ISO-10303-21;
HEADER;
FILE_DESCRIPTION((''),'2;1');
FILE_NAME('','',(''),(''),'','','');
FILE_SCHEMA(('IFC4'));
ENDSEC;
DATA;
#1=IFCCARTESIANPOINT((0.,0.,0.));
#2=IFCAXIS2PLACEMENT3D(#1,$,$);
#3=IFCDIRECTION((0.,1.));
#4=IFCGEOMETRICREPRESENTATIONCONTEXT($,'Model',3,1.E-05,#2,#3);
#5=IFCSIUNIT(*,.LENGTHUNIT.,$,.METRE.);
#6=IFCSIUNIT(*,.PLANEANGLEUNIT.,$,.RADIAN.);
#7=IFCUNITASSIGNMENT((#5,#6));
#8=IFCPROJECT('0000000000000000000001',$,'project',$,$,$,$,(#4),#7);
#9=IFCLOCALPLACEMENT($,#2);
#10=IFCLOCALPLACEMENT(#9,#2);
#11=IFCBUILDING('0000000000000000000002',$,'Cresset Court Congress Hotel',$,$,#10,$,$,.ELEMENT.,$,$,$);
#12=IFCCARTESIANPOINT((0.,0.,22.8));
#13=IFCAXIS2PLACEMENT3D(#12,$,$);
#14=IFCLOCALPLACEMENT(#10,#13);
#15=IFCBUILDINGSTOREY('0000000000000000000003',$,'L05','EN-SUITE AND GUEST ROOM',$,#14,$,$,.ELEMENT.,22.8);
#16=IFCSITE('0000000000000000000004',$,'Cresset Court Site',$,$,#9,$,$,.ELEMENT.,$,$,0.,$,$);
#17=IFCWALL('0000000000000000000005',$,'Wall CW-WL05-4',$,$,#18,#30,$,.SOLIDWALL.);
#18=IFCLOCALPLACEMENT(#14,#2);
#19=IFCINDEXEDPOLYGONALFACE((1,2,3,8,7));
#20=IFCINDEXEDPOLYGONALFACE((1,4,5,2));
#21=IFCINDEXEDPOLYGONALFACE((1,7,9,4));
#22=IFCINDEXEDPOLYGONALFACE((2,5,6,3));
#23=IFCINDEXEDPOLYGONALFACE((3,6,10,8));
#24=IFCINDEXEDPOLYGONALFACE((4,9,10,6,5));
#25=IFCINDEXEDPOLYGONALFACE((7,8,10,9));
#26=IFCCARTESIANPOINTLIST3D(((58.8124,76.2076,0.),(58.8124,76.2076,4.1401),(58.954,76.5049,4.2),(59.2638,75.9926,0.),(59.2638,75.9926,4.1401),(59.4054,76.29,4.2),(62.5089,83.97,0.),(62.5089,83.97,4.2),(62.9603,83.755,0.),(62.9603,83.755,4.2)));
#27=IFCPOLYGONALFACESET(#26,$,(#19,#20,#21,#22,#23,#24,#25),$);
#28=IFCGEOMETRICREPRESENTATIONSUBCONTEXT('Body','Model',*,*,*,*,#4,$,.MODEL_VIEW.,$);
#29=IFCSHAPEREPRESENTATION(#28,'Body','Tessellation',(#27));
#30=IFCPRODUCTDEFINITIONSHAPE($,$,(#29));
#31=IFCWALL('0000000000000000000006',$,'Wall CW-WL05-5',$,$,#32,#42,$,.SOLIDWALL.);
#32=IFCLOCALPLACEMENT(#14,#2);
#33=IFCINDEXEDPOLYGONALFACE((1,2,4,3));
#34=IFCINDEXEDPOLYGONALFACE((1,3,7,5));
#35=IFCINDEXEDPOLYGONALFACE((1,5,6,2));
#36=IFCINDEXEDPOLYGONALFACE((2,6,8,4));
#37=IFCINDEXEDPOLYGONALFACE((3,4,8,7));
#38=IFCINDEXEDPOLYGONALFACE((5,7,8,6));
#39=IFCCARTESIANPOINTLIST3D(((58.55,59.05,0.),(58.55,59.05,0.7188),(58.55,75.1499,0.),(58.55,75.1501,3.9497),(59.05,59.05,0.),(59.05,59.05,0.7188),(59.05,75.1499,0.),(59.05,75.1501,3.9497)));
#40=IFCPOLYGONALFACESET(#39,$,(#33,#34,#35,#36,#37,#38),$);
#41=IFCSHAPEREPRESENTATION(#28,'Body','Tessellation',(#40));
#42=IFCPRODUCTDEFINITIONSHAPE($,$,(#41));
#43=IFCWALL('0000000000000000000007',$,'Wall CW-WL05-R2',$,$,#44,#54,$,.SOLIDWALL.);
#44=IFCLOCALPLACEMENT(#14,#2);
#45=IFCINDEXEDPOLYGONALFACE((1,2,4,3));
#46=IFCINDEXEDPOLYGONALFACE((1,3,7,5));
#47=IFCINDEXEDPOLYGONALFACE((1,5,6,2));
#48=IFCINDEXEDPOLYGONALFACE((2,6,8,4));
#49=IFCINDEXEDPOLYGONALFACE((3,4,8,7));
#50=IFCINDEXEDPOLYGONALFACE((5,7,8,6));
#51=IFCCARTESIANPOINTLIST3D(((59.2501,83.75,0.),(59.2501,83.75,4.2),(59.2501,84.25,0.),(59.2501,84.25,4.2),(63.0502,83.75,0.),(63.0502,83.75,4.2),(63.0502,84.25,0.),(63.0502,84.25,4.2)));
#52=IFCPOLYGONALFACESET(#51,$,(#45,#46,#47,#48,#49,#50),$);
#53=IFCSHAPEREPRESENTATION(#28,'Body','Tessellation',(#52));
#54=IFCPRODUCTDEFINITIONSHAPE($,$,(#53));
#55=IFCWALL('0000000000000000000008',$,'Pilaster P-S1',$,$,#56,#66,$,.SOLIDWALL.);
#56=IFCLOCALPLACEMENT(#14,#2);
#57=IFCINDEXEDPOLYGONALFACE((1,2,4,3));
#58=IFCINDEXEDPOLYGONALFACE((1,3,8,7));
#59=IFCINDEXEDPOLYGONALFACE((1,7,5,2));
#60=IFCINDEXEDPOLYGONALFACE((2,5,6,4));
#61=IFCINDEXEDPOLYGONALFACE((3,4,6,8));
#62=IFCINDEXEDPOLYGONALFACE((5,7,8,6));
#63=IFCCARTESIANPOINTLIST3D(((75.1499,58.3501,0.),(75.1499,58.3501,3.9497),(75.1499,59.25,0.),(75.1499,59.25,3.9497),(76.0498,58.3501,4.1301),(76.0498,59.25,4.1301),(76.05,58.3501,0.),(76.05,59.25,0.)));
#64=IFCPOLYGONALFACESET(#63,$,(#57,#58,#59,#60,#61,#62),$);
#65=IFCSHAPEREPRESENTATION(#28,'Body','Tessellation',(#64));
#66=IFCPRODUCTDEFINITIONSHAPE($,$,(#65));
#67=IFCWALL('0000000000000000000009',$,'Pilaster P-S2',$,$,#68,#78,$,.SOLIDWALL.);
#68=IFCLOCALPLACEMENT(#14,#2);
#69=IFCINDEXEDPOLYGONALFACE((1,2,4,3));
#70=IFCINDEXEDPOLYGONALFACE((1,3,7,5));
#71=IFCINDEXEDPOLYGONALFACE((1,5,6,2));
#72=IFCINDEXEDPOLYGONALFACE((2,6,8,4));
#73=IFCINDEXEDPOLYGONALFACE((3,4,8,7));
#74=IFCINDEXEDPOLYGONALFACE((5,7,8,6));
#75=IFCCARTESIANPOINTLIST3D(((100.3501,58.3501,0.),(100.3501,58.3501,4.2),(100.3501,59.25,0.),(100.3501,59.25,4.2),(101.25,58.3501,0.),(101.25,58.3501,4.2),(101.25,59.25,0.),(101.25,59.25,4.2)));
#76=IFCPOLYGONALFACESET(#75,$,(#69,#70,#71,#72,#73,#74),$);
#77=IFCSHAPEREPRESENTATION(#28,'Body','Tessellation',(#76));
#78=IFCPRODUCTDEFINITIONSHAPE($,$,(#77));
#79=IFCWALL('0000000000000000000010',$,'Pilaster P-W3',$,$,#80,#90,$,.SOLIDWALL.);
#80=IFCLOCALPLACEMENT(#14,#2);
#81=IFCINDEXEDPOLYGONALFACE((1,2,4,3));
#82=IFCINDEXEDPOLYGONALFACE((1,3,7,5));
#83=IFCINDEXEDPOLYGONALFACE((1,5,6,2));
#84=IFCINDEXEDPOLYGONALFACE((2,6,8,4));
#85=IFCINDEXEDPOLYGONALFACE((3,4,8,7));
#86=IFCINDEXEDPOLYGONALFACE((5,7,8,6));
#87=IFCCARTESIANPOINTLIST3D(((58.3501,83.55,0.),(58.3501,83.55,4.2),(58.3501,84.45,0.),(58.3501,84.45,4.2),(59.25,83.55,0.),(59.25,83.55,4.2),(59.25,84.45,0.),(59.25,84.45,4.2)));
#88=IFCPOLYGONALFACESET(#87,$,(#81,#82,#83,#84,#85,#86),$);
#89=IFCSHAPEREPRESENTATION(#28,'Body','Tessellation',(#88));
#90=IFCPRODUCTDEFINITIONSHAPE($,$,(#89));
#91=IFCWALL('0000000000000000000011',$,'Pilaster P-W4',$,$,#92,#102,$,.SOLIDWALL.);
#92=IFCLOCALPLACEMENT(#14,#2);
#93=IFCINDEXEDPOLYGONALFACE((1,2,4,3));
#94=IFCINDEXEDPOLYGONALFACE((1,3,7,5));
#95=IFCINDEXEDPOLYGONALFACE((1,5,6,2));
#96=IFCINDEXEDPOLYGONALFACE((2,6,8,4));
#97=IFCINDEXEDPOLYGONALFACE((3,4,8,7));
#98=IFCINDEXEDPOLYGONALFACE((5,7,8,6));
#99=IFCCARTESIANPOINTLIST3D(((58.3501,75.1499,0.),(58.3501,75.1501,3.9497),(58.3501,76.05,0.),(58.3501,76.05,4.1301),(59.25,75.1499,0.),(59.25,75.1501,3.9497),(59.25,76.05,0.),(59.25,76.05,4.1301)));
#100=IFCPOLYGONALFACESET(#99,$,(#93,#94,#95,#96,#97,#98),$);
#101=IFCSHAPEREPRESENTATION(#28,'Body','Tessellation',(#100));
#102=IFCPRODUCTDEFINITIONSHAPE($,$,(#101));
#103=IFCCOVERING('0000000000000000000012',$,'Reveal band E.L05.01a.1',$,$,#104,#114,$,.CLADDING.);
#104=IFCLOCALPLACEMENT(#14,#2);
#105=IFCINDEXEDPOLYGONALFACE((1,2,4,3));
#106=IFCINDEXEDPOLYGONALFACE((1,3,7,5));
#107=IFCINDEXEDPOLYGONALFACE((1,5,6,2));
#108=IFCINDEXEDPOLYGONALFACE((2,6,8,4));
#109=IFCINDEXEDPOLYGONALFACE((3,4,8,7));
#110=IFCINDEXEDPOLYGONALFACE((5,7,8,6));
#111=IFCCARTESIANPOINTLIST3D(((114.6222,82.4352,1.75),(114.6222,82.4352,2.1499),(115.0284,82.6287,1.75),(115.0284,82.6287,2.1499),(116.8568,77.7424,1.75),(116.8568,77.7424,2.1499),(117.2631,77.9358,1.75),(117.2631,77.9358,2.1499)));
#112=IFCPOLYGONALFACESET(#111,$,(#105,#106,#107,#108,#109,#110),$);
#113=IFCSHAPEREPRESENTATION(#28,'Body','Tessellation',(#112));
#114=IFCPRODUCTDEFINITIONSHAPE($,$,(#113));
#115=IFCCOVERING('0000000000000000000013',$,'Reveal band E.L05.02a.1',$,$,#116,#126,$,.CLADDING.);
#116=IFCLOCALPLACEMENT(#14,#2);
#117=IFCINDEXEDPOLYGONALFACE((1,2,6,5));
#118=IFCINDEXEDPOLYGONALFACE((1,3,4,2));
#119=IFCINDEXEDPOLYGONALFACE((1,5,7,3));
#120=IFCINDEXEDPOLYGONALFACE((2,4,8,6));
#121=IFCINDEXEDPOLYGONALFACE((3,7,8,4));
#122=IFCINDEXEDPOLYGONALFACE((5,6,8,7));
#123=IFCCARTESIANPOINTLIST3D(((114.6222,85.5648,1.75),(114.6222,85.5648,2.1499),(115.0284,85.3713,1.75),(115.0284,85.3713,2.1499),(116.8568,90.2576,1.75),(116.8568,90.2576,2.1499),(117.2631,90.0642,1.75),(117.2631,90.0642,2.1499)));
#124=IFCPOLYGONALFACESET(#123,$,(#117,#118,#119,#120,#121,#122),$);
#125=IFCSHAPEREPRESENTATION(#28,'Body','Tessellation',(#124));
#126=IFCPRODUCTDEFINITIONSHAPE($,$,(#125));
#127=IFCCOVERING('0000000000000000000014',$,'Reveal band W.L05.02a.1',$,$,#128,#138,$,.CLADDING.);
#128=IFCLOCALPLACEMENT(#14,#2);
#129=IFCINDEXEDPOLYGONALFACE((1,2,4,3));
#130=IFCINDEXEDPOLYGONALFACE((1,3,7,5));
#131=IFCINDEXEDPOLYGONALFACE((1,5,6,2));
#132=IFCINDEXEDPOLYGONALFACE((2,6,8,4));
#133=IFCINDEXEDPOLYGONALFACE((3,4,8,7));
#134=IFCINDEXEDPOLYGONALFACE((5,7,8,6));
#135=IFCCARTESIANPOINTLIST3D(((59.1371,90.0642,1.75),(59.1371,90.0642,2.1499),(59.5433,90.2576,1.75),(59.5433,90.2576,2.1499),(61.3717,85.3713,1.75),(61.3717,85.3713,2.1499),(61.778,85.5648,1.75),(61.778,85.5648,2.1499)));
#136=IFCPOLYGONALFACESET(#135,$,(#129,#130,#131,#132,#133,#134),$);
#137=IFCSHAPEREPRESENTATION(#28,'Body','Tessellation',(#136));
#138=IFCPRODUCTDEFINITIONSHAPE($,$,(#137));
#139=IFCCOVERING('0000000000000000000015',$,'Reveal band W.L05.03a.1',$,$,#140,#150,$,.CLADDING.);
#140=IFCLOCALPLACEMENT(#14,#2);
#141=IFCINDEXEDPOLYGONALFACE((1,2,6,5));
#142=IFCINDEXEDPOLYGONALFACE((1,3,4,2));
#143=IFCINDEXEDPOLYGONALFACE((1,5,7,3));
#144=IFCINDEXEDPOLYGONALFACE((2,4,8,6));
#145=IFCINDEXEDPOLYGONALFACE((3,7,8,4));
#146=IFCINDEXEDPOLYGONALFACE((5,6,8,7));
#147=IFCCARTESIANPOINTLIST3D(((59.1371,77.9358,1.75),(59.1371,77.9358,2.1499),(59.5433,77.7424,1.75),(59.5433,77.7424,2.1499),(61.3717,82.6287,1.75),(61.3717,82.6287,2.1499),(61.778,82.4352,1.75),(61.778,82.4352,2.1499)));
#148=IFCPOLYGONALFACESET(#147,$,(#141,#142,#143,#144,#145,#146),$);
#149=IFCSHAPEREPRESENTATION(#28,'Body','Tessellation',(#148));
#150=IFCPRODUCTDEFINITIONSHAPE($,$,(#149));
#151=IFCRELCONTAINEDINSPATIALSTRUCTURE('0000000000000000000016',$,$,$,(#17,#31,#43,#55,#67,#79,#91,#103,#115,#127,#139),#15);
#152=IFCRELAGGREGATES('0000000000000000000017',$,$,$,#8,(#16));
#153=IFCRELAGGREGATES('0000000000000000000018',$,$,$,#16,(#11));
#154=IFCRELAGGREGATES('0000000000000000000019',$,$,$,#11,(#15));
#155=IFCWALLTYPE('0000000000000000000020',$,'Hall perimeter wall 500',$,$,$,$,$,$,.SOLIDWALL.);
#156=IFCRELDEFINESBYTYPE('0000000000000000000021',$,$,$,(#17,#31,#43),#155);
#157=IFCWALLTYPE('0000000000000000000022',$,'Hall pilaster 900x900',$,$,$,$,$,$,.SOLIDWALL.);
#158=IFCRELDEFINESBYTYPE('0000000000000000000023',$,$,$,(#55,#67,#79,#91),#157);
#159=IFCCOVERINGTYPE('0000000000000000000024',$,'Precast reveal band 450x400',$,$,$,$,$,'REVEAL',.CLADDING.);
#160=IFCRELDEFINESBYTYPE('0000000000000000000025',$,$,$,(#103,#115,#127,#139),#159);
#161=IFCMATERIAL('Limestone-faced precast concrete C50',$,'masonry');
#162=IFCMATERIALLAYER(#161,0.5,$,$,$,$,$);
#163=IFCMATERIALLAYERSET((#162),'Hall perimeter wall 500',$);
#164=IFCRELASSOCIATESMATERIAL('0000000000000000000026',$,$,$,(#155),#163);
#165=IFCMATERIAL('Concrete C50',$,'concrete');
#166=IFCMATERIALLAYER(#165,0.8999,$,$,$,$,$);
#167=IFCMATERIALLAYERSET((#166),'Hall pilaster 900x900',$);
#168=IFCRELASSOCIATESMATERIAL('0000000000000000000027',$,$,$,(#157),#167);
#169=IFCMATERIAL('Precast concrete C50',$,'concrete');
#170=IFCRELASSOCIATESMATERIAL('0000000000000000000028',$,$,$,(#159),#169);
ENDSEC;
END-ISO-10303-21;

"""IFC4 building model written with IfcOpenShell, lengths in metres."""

from ifc_helpers import new_model, si_unit, direction, frame, frame_2d, origin, origin_2d, place, context, subcontext, project, spatial, polyline, rectangle, outline, extrude, material, layer, layer_set, type_object, element, save


model = new_model("IFC4")

# Units and contexts
model_context = context("Model", 3, precision=1e-05, world=origin(), true_north=direction((0.0, 1.0)))
body_context = subcontext(model_context, "Body", "Model", "MODEL_VIEW")
ifc_project = project(units=[si_unit("LENGTHUNIT", "METRE"), si_unit("PLANEANGLEUNIT", "RADIAN")], contexts=[model_context])

# Site, building, storey
site_placement = place(None, origin())
site = spatial("IfcSite", under=ifc_project, at=site_placement, Name="Cresset Court Site", CompositionType="ELEMENT", RefElevation=0.0)
building_placement = place(site_placement, origin())
building = spatial("IfcBuilding", under=site, at=building_placement, Name="Cresset Court Congress Hotel", CompositionType="ELEMENT")
storey_placement = place(building_placement, frame((0.0, 0.0, 22.8)))
storey = spatial("IfcBuildingStorey", under=building, at=storey_placement, Name="L05", Description="EN-SUITE AND GUEST ROOM", CompositionType="ELEMENT", Elevation=22.8)

# Walls
ifc_material_1 = material(Name="Limestone-faced precast concrete C50", Category="masonry")
ifc_layer_1 = layer(ifc_material_1, 0.5)
ifc_layer_set_1 = layer_set([ifc_layer_1], Name="Hall perimeter wall 500")
wall_type_1 = type_object("IfcWallType", Name="Hall perimeter wall 500", PredefinedType="SOLIDWALL", material=ifc_layer_set_1)
wall_1_placement = place(storey_placement, frame((59.0381, 76.1001, 0.0), z_axis=(0.0, 0.0, 1.0), x_axis=(0.429946, 0.902855, 0.0)))
element("IfcWall", 1, at=wall_1_placement, inside=storey, type_object=wall_type_1, Name="Wall CW-WL05-4", PredefinedType="SOLIDWALL", context=body_context, shape_type="SweptSolid", body=[
    extrude(outline(polyline([(0.0, 0.0), (8.5977, 0.0), (8.5977, 4.2), (0.3293, 4.2), (0.0, 4.1401), (0.0, 0.0)])), frame((0.0, 0.25, 0.0), z_axis=(0.0, -1.0, 0.0), x_axis=(1.0, 0.0, 0.0)), (0.0, 0.0, 1.0), 0.5),
])
wall_2_placement = place(storey_placement, frame((58.8, 59.05, 0.0), z_axis=(0.0, 0.0, 1.0), x_axis=(0.0, 1.0, 0.0)))
element("IfcWall", 2, at=wall_2_placement, inside=storey, type_object=wall_type_1, Name="Wall CW-WL05-5", PredefinedType="SOLIDWALL", context=body_context, shape_type="SweptSolid", body=[
    extrude(outline(polyline([(0.0, 0.0), (16.0999, 0.0), (16.1001, 3.9497), (0.0, 0.7188), (0.0, 0.0)])), frame((0.0, 0.25, 0.0), z_axis=(0.0, -1.0, 0.0), x_axis=(1.0, 0.0, 0.0)), (0.0, 0.0, 1.0), 0.5),
])
wall_3_placement = place(storey_placement, frame((63.05, 84.0, 0.0), z_axis=(0.0, 0.0, 1.0), x_axis=(-1.0, 0.0, 0.0)))
element("IfcWall", 3, at=wall_3_placement, inside=storey, type_object=wall_type_1, Name="Wall CW-WL05-R2", PredefinedType="SOLIDWALL", context=body_context, shape_type="SweptSolid", body=[
    extrude(rectangle(XDim=3.8, YDim=0.5, at=frame_2d((1.8999, 0.0))), origin(), (0.0, 0.0, 1.0), 4.2),
])
ifc_material_2 = material(Name="Concrete C50", Category="concrete")
ifc_layer_2 = layer(ifc_material_2, 0.8999)
ifc_layer_set_2 = layer_set([ifc_layer_2], Name="Hall pilaster 900x900")
wall_type_2 = type_object("IfcWallType", Name="Hall pilaster 900x900", PredefinedType="SOLIDWALL", material=ifc_layer_set_2)
wall_4_placement = place(storey_placement, frame((75.1499, 58.8, 0.0), z_axis=(0.0, 0.0, 1.0), x_axis=(1.0, 0.0, 0.0)))
element("IfcWall", 4, at=wall_4_placement, inside=storey, type_object=wall_type_2, Name="Pilaster P-S1", PredefinedType="SOLIDWALL", context=body_context, shape_type="SweptSolid", body=[
    extrude(outline(polyline([(0.0, 0.0), (0.9001, 0.0), (0.8999, 4.1301), (0.0, 3.9497), (0.0, 0.0)])), frame((0.0, 0.45, 0.0), z_axis=(0.0, -1.0, 0.0), x_axis=(1.0, 0.0, 0.0)), (0.0, 0.0, 1.0), 0.8999),
])
for number, where, z_axis, x_axis, name in (
    (5, (100.3501, 58.8, 0.0), (0.0, 0.0, 1.0), (1.0, 0.0, 0.0), "Pilaster P-S2"),
    (6, (58.8, 84.45, 0.0), (0.0, 0.0, 1.0), (0.0, -1.0, 0.0), "Pilaster P-W3"),
):
    element("IfcWall", number, at=place(storey_placement, frame(where, z_axis=z_axis, x_axis=x_axis)), inside=storey, type_object=wall_type_2, Name=name, PredefinedType="SOLIDWALL", context=body_context, shape_type="SweptSolid", body=[
        extrude(rectangle(XDim=0.8999, YDim=0.8999, at=frame_2d((0.45, 0.0))), origin(), (0.0, 0.0, 1.0), 4.2),
    ])
wall_5_placement = place(storey_placement, frame((58.8, 76.05, 0.0), z_axis=(0.0, 0.0, 1.0), x_axis=(0.0, -1.0, 0.0)))
element("IfcWall", 7, at=wall_5_placement, inside=storey, type_object=wall_type_2, Name="Pilaster P-W4", PredefinedType="SOLIDWALL", context=body_context, shape_type="SweptSolid", body=[
    extrude(outline(polyline([(0.0, 0.0), (0.9001, 0.0), (0.8999, 3.9497), (0.0, 4.1301), (0.0, 0.0)])), frame((0.0, 0.45, 0.0), z_axis=(0.0, -1.0, 0.0), x_axis=(1.0, 0.0, 0.0)), (0.0, 0.0, 1.0), 0.8999),
])

# Coverings
ifc_material_3 = material(Name="Precast concrete C50", Category="concrete")
covering_type_1 = type_object("IfcCoveringType", Name="Precast reveal band 450x400", ElementType="REVEAL", PredefinedType="CLADDING", material=ifc_material_3)
for number, where, z_axis, x_axis, name in (
    (8, (115.9426, 80.1855, 1.75), (0.0, 0.0, 1.0), (0.429933, -0.902861, 0.0), "Reveal band E.L05.01a.1"),
    (9, (115.9426, 87.8145, 1.75), (0.0, 0.0, 1.0), (-0.429933, -0.902861, 0.0), "Reveal band E.L05.02a.1"),
    (10, (60.4575, 87.8145, 1.75), (0.0, 0.0, 1.0), (-0.429933, 0.902861, 0.0), "Reveal band W.L05.02a.1"),
    (11, (60.4575, 80.1855, 1.75), (0.0, 0.0, 1.0), (0.429933, 0.902861, 0.0), "Reveal band W.L05.03a.1"),
):
    element("IfcCovering", number, at=place(storey_placement, frame(where, z_axis=z_axis, x_axis=x_axis)), inside=storey, type_object=covering_type_1, Name=name, PredefinedType="CLADDING", context=body_context, shape_type="SweptSolid", body=[
        extrude(rectangle(XDim=5.1978, YDim=0.45, at=origin_2d()), origin(), (0.0, 0.0, 1.0), 0.3999),
    ])

save(model, "model.ifc")
